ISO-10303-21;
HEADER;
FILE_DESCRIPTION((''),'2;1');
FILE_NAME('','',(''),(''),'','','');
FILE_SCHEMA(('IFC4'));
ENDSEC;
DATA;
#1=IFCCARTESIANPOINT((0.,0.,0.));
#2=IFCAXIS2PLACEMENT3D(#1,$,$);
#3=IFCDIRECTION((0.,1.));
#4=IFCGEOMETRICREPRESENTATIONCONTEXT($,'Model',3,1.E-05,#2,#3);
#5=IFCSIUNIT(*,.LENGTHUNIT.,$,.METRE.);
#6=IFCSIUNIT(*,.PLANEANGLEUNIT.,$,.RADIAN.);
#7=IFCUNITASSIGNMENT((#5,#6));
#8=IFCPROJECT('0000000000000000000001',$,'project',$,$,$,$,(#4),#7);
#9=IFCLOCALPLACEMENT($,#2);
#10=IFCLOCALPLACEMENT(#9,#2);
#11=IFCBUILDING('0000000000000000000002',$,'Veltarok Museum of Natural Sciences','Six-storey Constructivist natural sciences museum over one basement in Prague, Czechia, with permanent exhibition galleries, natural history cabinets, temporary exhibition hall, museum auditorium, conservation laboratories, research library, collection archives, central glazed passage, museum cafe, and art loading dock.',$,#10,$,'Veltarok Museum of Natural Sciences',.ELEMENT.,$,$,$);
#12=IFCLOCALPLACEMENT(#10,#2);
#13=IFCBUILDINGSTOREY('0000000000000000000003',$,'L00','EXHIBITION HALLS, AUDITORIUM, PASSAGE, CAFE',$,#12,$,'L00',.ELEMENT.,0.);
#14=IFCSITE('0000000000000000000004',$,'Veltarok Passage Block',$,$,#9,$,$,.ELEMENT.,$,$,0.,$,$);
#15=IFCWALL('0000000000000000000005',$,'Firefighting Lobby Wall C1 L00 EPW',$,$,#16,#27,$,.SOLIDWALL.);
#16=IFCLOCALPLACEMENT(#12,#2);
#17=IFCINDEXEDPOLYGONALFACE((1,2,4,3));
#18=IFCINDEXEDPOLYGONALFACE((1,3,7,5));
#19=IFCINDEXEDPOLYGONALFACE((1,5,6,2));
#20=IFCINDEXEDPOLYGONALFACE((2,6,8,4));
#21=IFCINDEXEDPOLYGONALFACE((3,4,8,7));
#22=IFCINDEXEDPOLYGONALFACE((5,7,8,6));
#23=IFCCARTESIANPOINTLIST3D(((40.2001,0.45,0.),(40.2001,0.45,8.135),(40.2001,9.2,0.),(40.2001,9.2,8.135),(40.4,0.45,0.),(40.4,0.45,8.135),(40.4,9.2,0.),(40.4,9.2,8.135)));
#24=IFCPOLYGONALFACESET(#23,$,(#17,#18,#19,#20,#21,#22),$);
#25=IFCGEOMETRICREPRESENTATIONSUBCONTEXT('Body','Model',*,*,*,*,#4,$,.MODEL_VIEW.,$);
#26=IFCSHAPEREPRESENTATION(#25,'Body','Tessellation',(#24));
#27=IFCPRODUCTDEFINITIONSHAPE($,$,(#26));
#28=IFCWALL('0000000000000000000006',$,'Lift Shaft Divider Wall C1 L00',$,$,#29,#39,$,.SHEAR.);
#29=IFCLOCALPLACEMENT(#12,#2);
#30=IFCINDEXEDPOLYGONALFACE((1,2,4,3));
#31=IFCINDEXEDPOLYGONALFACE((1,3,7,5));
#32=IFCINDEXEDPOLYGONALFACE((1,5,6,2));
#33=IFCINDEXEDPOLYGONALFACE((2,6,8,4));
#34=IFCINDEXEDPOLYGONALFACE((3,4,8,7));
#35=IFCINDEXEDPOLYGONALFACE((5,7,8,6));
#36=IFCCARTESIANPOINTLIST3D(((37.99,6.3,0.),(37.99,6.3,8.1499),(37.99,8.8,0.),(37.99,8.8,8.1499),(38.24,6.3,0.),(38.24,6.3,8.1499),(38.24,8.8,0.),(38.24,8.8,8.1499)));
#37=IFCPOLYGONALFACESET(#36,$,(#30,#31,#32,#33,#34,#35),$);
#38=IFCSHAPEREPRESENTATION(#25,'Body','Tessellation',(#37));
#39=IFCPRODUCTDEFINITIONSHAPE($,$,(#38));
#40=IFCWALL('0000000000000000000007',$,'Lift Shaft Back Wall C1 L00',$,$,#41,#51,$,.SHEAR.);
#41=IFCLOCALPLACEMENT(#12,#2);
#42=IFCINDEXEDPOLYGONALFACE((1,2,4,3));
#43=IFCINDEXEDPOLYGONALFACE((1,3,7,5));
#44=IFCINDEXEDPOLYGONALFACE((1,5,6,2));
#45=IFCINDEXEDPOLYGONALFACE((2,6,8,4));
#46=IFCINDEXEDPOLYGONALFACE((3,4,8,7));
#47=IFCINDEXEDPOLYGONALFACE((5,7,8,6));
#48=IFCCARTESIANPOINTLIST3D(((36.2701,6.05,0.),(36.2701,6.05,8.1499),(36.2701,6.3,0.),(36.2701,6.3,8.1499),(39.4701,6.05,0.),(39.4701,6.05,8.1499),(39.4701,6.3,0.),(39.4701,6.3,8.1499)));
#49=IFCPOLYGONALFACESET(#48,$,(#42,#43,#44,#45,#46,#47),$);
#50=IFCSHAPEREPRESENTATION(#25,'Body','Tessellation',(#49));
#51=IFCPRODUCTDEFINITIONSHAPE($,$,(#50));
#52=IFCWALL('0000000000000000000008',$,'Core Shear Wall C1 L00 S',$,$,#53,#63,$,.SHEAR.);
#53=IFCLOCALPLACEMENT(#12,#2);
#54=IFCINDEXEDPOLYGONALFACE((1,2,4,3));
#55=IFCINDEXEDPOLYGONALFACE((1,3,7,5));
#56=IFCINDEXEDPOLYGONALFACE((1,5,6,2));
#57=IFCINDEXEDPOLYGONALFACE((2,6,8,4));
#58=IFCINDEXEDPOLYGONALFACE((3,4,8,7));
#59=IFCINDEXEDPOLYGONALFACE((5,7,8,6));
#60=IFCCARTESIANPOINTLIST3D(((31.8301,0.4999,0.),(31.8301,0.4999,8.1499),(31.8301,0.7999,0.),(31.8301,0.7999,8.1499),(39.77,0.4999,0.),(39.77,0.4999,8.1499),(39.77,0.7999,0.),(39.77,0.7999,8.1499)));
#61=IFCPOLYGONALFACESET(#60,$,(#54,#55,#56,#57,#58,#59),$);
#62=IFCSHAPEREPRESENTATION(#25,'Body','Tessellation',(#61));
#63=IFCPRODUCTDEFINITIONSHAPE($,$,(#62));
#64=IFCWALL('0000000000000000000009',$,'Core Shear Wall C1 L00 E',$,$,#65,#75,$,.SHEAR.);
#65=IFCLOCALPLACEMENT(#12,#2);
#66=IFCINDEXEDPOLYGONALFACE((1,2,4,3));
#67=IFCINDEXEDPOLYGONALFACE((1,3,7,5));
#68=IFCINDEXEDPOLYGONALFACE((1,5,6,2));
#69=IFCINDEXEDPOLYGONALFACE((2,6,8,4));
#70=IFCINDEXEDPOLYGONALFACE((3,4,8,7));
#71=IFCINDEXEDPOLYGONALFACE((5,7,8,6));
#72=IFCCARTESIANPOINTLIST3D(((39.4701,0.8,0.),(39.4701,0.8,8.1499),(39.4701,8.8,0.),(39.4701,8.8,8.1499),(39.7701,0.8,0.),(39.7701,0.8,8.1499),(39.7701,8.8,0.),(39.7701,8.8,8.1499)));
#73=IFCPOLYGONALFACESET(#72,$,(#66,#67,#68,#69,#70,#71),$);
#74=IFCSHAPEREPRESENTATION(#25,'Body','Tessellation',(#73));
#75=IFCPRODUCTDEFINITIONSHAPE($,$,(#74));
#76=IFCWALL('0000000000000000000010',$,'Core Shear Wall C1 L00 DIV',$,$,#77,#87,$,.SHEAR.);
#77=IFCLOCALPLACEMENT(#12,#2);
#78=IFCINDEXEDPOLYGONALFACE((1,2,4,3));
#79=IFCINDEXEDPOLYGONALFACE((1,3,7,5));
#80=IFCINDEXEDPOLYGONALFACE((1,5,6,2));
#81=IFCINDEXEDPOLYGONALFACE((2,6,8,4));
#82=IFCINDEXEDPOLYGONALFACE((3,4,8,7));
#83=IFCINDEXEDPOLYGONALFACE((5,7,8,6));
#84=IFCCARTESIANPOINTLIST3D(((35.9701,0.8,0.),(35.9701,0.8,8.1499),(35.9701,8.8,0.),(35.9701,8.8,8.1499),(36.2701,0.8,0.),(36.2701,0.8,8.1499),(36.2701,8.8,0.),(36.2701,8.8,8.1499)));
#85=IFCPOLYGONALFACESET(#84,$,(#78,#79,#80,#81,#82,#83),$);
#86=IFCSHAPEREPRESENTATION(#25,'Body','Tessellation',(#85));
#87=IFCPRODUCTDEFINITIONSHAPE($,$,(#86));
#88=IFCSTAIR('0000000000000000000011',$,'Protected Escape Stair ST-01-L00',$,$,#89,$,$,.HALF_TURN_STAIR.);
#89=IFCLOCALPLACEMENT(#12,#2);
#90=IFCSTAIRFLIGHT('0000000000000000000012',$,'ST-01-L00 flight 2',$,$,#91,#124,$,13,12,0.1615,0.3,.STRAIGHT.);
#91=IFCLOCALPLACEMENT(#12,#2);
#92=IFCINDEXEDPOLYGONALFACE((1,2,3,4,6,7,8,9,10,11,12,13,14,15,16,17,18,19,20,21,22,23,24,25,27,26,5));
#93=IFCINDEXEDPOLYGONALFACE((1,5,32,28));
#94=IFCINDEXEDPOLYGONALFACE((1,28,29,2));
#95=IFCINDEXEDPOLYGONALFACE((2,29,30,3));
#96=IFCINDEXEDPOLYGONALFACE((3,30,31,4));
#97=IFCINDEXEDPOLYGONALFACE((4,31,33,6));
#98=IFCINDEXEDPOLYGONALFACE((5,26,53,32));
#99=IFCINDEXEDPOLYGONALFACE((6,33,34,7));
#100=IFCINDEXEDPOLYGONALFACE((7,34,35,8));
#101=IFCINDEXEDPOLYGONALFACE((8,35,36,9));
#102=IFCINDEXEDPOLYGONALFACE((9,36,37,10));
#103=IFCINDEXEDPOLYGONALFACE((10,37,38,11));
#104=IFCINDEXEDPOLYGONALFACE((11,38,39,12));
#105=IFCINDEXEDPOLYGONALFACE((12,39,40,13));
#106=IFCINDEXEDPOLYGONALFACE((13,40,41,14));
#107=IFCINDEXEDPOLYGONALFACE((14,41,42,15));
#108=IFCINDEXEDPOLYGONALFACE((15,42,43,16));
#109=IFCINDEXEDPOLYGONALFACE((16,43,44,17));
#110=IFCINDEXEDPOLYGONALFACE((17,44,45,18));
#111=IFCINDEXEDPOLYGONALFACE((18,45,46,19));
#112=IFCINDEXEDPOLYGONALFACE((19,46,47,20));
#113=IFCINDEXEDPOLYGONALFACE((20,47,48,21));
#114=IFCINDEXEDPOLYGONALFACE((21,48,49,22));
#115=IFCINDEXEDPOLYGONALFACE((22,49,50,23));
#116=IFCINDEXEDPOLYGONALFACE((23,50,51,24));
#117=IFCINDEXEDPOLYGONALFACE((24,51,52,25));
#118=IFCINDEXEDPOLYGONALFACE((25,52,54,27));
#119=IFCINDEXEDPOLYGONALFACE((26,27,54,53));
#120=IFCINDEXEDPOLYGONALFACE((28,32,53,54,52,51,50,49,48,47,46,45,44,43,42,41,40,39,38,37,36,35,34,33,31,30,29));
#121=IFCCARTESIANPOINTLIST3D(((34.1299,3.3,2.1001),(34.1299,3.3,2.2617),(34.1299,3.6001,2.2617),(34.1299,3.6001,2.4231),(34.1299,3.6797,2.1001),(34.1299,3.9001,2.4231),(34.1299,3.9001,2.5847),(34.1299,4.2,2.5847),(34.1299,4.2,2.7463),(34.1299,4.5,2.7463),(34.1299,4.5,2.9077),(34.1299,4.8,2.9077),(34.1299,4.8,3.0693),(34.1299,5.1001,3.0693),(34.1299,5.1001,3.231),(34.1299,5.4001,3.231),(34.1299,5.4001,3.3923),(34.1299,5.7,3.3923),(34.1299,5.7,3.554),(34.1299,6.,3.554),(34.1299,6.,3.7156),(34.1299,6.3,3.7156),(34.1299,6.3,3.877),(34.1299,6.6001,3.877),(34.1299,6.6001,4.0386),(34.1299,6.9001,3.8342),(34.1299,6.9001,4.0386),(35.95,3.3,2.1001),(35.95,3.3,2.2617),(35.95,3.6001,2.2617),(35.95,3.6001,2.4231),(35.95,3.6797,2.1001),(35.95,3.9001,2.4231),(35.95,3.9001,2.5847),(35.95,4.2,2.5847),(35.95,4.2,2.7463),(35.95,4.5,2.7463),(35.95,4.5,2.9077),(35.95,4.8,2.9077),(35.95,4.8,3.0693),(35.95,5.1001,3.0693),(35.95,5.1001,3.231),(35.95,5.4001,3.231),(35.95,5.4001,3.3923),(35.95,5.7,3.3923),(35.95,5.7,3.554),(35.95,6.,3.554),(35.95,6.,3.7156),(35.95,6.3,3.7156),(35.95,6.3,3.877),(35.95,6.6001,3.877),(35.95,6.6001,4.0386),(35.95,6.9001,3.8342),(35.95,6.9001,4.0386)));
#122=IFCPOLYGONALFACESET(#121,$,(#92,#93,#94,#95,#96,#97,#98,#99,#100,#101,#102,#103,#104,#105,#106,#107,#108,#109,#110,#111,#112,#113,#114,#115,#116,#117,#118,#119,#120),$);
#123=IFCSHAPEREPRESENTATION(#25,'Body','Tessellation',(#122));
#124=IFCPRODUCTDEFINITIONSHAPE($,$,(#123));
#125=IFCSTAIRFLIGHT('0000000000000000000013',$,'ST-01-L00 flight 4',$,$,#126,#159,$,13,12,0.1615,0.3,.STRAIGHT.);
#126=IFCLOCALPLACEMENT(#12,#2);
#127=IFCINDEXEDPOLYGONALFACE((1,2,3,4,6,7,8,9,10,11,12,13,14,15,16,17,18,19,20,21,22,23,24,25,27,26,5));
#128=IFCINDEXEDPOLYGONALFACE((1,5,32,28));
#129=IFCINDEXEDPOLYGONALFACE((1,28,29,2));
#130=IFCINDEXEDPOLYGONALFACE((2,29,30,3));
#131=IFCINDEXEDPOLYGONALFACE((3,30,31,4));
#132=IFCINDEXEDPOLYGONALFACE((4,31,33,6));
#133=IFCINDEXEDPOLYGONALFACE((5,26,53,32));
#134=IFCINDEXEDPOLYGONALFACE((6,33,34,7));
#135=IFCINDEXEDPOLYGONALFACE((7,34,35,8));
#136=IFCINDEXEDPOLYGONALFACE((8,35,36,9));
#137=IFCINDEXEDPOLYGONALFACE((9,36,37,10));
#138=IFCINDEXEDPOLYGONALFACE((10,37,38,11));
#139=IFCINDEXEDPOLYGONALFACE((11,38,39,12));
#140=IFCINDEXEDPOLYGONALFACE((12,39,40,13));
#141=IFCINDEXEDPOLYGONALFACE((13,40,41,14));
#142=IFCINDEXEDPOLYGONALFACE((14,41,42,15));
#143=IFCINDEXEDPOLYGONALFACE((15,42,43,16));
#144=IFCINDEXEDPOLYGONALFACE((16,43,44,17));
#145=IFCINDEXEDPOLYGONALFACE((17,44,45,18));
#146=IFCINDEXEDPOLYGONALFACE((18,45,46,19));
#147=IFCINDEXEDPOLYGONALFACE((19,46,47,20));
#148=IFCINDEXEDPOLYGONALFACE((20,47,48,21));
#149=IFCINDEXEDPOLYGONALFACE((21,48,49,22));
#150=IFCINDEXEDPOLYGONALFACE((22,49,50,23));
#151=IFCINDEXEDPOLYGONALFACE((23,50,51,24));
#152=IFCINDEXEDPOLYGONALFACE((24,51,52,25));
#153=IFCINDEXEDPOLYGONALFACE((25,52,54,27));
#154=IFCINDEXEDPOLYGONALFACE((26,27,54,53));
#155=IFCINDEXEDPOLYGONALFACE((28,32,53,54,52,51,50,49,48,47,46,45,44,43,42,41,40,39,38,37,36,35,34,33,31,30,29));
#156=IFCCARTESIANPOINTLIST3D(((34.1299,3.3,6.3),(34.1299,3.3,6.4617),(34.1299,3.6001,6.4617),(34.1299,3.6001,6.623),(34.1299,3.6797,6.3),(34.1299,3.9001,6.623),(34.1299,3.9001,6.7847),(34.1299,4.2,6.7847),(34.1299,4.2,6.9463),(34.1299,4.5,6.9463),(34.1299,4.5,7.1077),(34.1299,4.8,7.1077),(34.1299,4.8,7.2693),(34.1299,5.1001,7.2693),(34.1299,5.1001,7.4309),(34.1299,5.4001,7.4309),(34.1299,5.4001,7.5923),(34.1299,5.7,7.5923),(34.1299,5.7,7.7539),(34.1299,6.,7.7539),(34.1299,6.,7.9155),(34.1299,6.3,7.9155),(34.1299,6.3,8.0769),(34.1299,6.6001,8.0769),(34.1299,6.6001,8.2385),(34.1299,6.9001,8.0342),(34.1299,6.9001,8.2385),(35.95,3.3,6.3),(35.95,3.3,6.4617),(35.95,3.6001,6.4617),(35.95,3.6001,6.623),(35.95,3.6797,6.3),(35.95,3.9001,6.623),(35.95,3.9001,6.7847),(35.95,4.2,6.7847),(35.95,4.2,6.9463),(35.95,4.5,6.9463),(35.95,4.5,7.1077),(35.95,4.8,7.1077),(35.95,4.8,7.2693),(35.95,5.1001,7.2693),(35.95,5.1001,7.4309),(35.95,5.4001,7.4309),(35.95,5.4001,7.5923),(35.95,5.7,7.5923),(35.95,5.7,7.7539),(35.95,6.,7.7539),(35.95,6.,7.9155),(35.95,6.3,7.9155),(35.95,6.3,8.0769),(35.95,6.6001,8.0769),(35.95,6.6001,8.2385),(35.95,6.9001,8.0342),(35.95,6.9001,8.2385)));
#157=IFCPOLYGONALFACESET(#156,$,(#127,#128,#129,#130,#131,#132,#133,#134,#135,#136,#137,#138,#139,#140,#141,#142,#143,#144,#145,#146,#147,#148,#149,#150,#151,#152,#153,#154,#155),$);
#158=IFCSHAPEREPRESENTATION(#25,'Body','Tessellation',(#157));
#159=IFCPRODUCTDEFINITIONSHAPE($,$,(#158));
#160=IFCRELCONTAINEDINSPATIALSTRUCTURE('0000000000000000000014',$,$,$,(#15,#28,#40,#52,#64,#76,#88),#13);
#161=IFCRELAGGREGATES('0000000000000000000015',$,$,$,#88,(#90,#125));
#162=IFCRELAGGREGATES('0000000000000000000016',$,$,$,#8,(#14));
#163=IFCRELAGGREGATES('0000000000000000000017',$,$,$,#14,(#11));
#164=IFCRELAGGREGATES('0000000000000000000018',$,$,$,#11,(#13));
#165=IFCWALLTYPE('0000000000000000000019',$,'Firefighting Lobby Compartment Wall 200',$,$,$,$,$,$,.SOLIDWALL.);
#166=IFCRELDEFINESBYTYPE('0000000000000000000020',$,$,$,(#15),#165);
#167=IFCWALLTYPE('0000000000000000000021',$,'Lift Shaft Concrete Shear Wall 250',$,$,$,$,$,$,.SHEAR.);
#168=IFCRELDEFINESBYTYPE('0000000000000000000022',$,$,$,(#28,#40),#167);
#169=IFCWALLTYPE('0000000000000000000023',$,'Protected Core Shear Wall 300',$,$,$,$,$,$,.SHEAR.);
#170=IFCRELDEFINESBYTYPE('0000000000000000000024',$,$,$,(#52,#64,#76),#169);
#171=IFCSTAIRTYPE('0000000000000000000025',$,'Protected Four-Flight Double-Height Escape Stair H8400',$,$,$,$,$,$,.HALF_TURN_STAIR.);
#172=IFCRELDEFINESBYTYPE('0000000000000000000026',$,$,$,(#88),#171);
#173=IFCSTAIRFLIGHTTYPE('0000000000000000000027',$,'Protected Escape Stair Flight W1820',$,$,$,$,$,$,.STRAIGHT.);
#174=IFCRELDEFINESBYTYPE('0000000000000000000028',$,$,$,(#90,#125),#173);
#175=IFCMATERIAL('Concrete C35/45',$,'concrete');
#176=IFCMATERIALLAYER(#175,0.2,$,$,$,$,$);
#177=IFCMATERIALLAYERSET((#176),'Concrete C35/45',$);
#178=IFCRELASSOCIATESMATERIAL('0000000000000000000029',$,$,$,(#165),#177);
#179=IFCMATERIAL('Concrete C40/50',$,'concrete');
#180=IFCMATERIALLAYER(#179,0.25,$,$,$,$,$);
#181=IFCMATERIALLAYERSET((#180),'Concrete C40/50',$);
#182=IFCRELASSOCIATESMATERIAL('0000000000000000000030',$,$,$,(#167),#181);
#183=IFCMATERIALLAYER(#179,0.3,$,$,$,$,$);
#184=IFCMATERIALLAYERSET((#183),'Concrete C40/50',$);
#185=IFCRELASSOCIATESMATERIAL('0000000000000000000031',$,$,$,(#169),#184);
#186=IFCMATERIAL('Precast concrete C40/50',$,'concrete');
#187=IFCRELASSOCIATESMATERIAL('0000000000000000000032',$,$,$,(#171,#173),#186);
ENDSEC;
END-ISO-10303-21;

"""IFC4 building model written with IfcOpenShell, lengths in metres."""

from ifc_helpers import new_model, si_unit, direction, frame, frame_2d, origin, place, context, subcontext, project, spatial, polyline, rectangle, outline, extrude, material, layer, layer_set, type_object, element, aggregate, save


model = new_model("IFC4")

# Units and contexts
model_context = context("Model", 3, precision=1e-05, world=origin(), true_north=direction((0.0, 1.0)))
body_context = subcontext(model_context, "Body", "Model", "MODEL_VIEW")
ifc_project = project(units=[si_unit("LENGTHUNIT", "METRE"), si_unit("PLANEANGLEUNIT", "RADIAN")], contexts=[model_context])

# Site, building, storey
site_placement = place(None, origin())
site = spatial("IfcSite", under=ifc_project, at=site_placement, Name="Veltarok Passage Block", CompositionType="ELEMENT", RefElevation=0.0)
building_placement = place(site_placement, origin())
building = spatial("IfcBuilding", under=site, at=building_placement, Name="Veltarok Museum of Natural Sciences", Description="Six-storey Constructivist natural sciences museum over one basement in Prague, Czechia, with permanent exhibition galleries, natural history cabinets, temporary exhibition hall, museum auditorium, conservation laboratories, research library, collection archives, central glazed passage, museum cafe, and art loading dock.", LongName="Veltarok Museum of Natural Sciences", CompositionType="ELEMENT")
storey_placement = place(building_placement, origin())
storey = spatial("IfcBuildingStorey", under=building, at=storey_placement, Name="L00", Description="EXHIBITION HALLS, AUDITORIUM, PASSAGE, CAFE", LongName="L00", CompositionType="ELEMENT", Elevation=0.0)

# Shared definitions
ifc_material_1 = material(Name="Concrete C40/50", Category="concrete")

# Walls
ifc_material_2 = material(Name="Concrete C35/45", Category="concrete")
ifc_layer_1 = layer(ifc_material_2, 0.2)
ifc_layer_set_1 = layer_set([ifc_layer_1], Name="Concrete C35/45")
wall_type_1 = type_object("IfcWallType", Name="Firefighting Lobby Compartment Wall 200", PredefinedType="SOLIDWALL", material=ifc_layer_set_1)
wall_1_placement = place(storey_placement, frame((40.3, 0.45, 0.0), z_axis=(0.0, 0.0, 1.0), x_axis=(0.0, 1.0, 0.0)))
element("IfcWall", 1, at=wall_1_placement, inside=storey, type_object=wall_type_1, Name="Firefighting Lobby Wall C1 L00 EPW", PredefinedType="SOLIDWALL", context=body_context, shape_type="SweptSolid", body=[
    extrude(rectangle(XDim=8.75, YDim=0.2, at=frame_2d((4.375, 0.0))), origin(), (0.0, 0.0, 1.0), 8.135),
])
ifc_layer_2 = layer(ifc_material_1, 0.25)
ifc_layer_set_2 = layer_set([ifc_layer_2], Name="Concrete C40/50")
wall_type_2 = type_object("IfcWallType", Name="Lift Shaft Concrete Shear Wall 250", PredefinedType="SHEAR", material=ifc_layer_set_2)
wall_2_placement = place(storey_placement, frame((38.115, 6.3, 0.0), z_axis=(0.0, 0.0, 1.0), x_axis=(0.0, 1.0, 0.0)))
element("IfcWall", 2, at=wall_2_placement, inside=storey, type_object=wall_type_2, Name="Lift Shaft Divider Wall C1 L00", PredefinedType="SHEAR", context=body_context, shape_type="SweptSolid", body=[
    extrude(rectangle(XDim=2.5, YDim=0.25, at=frame_2d((1.25, 0.0))), origin(), (0.0, 0.0, 1.0), 8.1499),
])
wall_3_placement = place(storey_placement, frame((36.27, 6.175, 0.0), z_axis=(0.0, 0.0, 1.0), x_axis=(1.0, 0.0, 0.0)))
element("IfcWall", 3, at=wall_3_placement, inside=storey, type_object=wall_type_2, Name="Lift Shaft Back Wall C1 L00", PredefinedType="SHEAR", context=body_context, shape_type="SweptSolid", body=[
    extrude(rectangle(XDim=3.2, YDim=0.25, at=frame_2d((1.6001, 0.0))), origin(), (0.0, 0.0, 1.0), 8.1499),
])
ifc_layer_3 = layer(ifc_material_1, 0.3)
ifc_layer_set_3 = layer_set([ifc_layer_3], Name="Concrete C40/50")
wall_type_3 = type_object("IfcWallType", Name="Protected Core Shear Wall 300", PredefinedType="SHEAR", material=ifc_layer_set_3)
wall_4_placement = place(storey_placement, frame((31.8301, 0.6499, 0.0), z_axis=(0.0, 0.0, 1.0), x_axis=(1.0, 0.0, 0.0)))
element("IfcWall", 4, at=wall_4_placement, inside=storey, type_object=wall_type_3, Name="Core Shear Wall C1 L00 S", PredefinedType="SHEAR", context=body_context, shape_type="SweptSolid", body=[
    extrude(rectangle(XDim=7.9399, YDim=0.3, at=frame_2d((3.97, 0.0))), origin(), (0.0, 0.0, 1.0), 8.1499),
])
for number, where, z_axis, x_axis, name in (
    (5, (39.6201, 0.8, 0.0), (0.0, 0.0, 1.0), (0.0, 1.0, 0.0), "Core Shear Wall C1 L00 E"),
    (6, (36.1201, 0.8, 0.0), (0.0, 0.0, 1.0), (0.0, 1.0, 0.0), "Core Shear Wall C1 L00 DIV"),
):
    element("IfcWall", number, at=place(storey_placement, frame(where, z_axis=z_axis, x_axis=x_axis)), inside=storey, type_object=wall_type_3, Name=name, PredefinedType="SHEAR", context=body_context, shape_type="SweptSolid", body=[
        extrude(rectangle(XDim=8.0, YDim=0.3, at=frame_2d((4.0, 0.0))), origin(), (0.0, 0.0, 1.0), 8.1499),
    ])

# Stair, stair flights
ifc_material_3 = material(Name="Precast concrete C40/50", Category="concrete")
stair_type = type_object("IfcStairType", Name="Protected Four-Flight Double-Height Escape Stair H8400", PredefinedType="HALF_TURN_STAIR", material=ifc_material_3)
stair_placement = place(storey_placement, origin())
stair = element("IfcStair", 7, at=stair_placement, inside=storey, type_object=stair_type, Name="Protected Escape Stair ST-01-L00", PredefinedType="HALF_TURN_STAIR")
stair_flight_type = type_object("IfcStairFlightType", Name="Protected Escape Stair Flight W1820", PredefinedType="STRAIGHT", material=ifc_material_3)
stair_flight_1_placement = place(storey_placement, frame((35.04, 3.3, 2.1001), z_axis=(0.0, 0.0, 1.0), x_axis=(0.0, 1.0, 0.0)))
stair_flight_1 = element("IfcStairFlight", 8, at=stair_flight_1_placement, type_object=stair_flight_type, Name="ST-01-L00 flight 2", NumberOfRisers=13, NumberOfTreads=12, PredefinedType="STRAIGHT", RiserHeight=0.1615, TreadLength=0.3, context=body_context, shape_type="SweptSolid", body=[
    extrude(outline(polyline([(0.0, 0.0), (0.0, 0.1616), (0.3, 0.1616), (0.3, 0.323), (0.6001, 0.323), (0.6001, 0.4846), (0.8999, 0.4846), (0.8999, 0.6462), (1.2, 0.6462), (1.2, 0.8076), (1.5, 0.8076), (1.5, 0.9692), (1.8, 0.9692), (1.8, 1.1309), (2.1001, 1.1309), (2.1001, 1.2922), (2.3999, 1.2922), (2.3999, 1.4539), (2.7, 1.4539), (2.7, 1.6155), (3.0, 1.6155), (3.0, 1.7769), (3.3, 1.7769), (3.3, 1.9385), (3.6001, 1.9385), (3.6001, 2.1001), (3.6001, 1.7341), (0.3796, 0.0), (0.0, 0.0)])), frame((0.0, 0.9102, 0.0), z_axis=(0.0, -1.0, 0.0), x_axis=(1.0, 0.0, 0.0)), (0.0, 0.0, 1.0), 1.8201),
])
stair_flight_2_placement = place(storey_placement, frame((35.04, 3.3, 6.3), z_axis=(0.0, 0.0, 1.0), x_axis=(0.0, 1.0, 0.0)))
stair_flight_2 = element("IfcStairFlight", 9, at=stair_flight_2_placement, type_object=stair_flight_type, Name="ST-01-L00 flight 4", NumberOfRisers=13, NumberOfTreads=12, PredefinedType="STRAIGHT", RiserHeight=0.1615, TreadLength=0.3, context=body_context, shape_type="SweptSolid", body=[
    extrude(outline(polyline([(0.0, 0.0), (0.0, 0.1616), (0.3, 0.1616), (0.3, 0.323), (0.6001, 0.323), (0.6001, 0.4846), (0.8999, 0.4846), (0.8999, 0.6462), (1.2, 0.6462), (1.2, 0.8076), (1.5, 0.8076), (1.5, 0.9692), (1.8, 0.9692), (1.8, 1.1309), (2.1001, 1.1309), (2.1001, 1.2922), (2.3999, 1.2922), (2.3999, 1.4539), (2.7, 1.4539), (2.7, 1.6155), (3.0, 1.6155), (3.0, 1.7769), (3.3, 1.7769), (3.3, 1.9385), (3.6001, 1.9385), (3.6001, 2.1001), (3.6001, 1.7341), (0.3796, 0.0), (0.0, 0.0)])), frame((0.0, 0.9102, 0.0), z_axis=(0.0, -1.0, 0.0), x_axis=(1.0, 0.0, 0.0)), (0.0, 0.0, 1.0), 1.8201),
])
aggregate(stair, [stair_flight_1, stair_flight_2])

save(model, "model.ifc")
